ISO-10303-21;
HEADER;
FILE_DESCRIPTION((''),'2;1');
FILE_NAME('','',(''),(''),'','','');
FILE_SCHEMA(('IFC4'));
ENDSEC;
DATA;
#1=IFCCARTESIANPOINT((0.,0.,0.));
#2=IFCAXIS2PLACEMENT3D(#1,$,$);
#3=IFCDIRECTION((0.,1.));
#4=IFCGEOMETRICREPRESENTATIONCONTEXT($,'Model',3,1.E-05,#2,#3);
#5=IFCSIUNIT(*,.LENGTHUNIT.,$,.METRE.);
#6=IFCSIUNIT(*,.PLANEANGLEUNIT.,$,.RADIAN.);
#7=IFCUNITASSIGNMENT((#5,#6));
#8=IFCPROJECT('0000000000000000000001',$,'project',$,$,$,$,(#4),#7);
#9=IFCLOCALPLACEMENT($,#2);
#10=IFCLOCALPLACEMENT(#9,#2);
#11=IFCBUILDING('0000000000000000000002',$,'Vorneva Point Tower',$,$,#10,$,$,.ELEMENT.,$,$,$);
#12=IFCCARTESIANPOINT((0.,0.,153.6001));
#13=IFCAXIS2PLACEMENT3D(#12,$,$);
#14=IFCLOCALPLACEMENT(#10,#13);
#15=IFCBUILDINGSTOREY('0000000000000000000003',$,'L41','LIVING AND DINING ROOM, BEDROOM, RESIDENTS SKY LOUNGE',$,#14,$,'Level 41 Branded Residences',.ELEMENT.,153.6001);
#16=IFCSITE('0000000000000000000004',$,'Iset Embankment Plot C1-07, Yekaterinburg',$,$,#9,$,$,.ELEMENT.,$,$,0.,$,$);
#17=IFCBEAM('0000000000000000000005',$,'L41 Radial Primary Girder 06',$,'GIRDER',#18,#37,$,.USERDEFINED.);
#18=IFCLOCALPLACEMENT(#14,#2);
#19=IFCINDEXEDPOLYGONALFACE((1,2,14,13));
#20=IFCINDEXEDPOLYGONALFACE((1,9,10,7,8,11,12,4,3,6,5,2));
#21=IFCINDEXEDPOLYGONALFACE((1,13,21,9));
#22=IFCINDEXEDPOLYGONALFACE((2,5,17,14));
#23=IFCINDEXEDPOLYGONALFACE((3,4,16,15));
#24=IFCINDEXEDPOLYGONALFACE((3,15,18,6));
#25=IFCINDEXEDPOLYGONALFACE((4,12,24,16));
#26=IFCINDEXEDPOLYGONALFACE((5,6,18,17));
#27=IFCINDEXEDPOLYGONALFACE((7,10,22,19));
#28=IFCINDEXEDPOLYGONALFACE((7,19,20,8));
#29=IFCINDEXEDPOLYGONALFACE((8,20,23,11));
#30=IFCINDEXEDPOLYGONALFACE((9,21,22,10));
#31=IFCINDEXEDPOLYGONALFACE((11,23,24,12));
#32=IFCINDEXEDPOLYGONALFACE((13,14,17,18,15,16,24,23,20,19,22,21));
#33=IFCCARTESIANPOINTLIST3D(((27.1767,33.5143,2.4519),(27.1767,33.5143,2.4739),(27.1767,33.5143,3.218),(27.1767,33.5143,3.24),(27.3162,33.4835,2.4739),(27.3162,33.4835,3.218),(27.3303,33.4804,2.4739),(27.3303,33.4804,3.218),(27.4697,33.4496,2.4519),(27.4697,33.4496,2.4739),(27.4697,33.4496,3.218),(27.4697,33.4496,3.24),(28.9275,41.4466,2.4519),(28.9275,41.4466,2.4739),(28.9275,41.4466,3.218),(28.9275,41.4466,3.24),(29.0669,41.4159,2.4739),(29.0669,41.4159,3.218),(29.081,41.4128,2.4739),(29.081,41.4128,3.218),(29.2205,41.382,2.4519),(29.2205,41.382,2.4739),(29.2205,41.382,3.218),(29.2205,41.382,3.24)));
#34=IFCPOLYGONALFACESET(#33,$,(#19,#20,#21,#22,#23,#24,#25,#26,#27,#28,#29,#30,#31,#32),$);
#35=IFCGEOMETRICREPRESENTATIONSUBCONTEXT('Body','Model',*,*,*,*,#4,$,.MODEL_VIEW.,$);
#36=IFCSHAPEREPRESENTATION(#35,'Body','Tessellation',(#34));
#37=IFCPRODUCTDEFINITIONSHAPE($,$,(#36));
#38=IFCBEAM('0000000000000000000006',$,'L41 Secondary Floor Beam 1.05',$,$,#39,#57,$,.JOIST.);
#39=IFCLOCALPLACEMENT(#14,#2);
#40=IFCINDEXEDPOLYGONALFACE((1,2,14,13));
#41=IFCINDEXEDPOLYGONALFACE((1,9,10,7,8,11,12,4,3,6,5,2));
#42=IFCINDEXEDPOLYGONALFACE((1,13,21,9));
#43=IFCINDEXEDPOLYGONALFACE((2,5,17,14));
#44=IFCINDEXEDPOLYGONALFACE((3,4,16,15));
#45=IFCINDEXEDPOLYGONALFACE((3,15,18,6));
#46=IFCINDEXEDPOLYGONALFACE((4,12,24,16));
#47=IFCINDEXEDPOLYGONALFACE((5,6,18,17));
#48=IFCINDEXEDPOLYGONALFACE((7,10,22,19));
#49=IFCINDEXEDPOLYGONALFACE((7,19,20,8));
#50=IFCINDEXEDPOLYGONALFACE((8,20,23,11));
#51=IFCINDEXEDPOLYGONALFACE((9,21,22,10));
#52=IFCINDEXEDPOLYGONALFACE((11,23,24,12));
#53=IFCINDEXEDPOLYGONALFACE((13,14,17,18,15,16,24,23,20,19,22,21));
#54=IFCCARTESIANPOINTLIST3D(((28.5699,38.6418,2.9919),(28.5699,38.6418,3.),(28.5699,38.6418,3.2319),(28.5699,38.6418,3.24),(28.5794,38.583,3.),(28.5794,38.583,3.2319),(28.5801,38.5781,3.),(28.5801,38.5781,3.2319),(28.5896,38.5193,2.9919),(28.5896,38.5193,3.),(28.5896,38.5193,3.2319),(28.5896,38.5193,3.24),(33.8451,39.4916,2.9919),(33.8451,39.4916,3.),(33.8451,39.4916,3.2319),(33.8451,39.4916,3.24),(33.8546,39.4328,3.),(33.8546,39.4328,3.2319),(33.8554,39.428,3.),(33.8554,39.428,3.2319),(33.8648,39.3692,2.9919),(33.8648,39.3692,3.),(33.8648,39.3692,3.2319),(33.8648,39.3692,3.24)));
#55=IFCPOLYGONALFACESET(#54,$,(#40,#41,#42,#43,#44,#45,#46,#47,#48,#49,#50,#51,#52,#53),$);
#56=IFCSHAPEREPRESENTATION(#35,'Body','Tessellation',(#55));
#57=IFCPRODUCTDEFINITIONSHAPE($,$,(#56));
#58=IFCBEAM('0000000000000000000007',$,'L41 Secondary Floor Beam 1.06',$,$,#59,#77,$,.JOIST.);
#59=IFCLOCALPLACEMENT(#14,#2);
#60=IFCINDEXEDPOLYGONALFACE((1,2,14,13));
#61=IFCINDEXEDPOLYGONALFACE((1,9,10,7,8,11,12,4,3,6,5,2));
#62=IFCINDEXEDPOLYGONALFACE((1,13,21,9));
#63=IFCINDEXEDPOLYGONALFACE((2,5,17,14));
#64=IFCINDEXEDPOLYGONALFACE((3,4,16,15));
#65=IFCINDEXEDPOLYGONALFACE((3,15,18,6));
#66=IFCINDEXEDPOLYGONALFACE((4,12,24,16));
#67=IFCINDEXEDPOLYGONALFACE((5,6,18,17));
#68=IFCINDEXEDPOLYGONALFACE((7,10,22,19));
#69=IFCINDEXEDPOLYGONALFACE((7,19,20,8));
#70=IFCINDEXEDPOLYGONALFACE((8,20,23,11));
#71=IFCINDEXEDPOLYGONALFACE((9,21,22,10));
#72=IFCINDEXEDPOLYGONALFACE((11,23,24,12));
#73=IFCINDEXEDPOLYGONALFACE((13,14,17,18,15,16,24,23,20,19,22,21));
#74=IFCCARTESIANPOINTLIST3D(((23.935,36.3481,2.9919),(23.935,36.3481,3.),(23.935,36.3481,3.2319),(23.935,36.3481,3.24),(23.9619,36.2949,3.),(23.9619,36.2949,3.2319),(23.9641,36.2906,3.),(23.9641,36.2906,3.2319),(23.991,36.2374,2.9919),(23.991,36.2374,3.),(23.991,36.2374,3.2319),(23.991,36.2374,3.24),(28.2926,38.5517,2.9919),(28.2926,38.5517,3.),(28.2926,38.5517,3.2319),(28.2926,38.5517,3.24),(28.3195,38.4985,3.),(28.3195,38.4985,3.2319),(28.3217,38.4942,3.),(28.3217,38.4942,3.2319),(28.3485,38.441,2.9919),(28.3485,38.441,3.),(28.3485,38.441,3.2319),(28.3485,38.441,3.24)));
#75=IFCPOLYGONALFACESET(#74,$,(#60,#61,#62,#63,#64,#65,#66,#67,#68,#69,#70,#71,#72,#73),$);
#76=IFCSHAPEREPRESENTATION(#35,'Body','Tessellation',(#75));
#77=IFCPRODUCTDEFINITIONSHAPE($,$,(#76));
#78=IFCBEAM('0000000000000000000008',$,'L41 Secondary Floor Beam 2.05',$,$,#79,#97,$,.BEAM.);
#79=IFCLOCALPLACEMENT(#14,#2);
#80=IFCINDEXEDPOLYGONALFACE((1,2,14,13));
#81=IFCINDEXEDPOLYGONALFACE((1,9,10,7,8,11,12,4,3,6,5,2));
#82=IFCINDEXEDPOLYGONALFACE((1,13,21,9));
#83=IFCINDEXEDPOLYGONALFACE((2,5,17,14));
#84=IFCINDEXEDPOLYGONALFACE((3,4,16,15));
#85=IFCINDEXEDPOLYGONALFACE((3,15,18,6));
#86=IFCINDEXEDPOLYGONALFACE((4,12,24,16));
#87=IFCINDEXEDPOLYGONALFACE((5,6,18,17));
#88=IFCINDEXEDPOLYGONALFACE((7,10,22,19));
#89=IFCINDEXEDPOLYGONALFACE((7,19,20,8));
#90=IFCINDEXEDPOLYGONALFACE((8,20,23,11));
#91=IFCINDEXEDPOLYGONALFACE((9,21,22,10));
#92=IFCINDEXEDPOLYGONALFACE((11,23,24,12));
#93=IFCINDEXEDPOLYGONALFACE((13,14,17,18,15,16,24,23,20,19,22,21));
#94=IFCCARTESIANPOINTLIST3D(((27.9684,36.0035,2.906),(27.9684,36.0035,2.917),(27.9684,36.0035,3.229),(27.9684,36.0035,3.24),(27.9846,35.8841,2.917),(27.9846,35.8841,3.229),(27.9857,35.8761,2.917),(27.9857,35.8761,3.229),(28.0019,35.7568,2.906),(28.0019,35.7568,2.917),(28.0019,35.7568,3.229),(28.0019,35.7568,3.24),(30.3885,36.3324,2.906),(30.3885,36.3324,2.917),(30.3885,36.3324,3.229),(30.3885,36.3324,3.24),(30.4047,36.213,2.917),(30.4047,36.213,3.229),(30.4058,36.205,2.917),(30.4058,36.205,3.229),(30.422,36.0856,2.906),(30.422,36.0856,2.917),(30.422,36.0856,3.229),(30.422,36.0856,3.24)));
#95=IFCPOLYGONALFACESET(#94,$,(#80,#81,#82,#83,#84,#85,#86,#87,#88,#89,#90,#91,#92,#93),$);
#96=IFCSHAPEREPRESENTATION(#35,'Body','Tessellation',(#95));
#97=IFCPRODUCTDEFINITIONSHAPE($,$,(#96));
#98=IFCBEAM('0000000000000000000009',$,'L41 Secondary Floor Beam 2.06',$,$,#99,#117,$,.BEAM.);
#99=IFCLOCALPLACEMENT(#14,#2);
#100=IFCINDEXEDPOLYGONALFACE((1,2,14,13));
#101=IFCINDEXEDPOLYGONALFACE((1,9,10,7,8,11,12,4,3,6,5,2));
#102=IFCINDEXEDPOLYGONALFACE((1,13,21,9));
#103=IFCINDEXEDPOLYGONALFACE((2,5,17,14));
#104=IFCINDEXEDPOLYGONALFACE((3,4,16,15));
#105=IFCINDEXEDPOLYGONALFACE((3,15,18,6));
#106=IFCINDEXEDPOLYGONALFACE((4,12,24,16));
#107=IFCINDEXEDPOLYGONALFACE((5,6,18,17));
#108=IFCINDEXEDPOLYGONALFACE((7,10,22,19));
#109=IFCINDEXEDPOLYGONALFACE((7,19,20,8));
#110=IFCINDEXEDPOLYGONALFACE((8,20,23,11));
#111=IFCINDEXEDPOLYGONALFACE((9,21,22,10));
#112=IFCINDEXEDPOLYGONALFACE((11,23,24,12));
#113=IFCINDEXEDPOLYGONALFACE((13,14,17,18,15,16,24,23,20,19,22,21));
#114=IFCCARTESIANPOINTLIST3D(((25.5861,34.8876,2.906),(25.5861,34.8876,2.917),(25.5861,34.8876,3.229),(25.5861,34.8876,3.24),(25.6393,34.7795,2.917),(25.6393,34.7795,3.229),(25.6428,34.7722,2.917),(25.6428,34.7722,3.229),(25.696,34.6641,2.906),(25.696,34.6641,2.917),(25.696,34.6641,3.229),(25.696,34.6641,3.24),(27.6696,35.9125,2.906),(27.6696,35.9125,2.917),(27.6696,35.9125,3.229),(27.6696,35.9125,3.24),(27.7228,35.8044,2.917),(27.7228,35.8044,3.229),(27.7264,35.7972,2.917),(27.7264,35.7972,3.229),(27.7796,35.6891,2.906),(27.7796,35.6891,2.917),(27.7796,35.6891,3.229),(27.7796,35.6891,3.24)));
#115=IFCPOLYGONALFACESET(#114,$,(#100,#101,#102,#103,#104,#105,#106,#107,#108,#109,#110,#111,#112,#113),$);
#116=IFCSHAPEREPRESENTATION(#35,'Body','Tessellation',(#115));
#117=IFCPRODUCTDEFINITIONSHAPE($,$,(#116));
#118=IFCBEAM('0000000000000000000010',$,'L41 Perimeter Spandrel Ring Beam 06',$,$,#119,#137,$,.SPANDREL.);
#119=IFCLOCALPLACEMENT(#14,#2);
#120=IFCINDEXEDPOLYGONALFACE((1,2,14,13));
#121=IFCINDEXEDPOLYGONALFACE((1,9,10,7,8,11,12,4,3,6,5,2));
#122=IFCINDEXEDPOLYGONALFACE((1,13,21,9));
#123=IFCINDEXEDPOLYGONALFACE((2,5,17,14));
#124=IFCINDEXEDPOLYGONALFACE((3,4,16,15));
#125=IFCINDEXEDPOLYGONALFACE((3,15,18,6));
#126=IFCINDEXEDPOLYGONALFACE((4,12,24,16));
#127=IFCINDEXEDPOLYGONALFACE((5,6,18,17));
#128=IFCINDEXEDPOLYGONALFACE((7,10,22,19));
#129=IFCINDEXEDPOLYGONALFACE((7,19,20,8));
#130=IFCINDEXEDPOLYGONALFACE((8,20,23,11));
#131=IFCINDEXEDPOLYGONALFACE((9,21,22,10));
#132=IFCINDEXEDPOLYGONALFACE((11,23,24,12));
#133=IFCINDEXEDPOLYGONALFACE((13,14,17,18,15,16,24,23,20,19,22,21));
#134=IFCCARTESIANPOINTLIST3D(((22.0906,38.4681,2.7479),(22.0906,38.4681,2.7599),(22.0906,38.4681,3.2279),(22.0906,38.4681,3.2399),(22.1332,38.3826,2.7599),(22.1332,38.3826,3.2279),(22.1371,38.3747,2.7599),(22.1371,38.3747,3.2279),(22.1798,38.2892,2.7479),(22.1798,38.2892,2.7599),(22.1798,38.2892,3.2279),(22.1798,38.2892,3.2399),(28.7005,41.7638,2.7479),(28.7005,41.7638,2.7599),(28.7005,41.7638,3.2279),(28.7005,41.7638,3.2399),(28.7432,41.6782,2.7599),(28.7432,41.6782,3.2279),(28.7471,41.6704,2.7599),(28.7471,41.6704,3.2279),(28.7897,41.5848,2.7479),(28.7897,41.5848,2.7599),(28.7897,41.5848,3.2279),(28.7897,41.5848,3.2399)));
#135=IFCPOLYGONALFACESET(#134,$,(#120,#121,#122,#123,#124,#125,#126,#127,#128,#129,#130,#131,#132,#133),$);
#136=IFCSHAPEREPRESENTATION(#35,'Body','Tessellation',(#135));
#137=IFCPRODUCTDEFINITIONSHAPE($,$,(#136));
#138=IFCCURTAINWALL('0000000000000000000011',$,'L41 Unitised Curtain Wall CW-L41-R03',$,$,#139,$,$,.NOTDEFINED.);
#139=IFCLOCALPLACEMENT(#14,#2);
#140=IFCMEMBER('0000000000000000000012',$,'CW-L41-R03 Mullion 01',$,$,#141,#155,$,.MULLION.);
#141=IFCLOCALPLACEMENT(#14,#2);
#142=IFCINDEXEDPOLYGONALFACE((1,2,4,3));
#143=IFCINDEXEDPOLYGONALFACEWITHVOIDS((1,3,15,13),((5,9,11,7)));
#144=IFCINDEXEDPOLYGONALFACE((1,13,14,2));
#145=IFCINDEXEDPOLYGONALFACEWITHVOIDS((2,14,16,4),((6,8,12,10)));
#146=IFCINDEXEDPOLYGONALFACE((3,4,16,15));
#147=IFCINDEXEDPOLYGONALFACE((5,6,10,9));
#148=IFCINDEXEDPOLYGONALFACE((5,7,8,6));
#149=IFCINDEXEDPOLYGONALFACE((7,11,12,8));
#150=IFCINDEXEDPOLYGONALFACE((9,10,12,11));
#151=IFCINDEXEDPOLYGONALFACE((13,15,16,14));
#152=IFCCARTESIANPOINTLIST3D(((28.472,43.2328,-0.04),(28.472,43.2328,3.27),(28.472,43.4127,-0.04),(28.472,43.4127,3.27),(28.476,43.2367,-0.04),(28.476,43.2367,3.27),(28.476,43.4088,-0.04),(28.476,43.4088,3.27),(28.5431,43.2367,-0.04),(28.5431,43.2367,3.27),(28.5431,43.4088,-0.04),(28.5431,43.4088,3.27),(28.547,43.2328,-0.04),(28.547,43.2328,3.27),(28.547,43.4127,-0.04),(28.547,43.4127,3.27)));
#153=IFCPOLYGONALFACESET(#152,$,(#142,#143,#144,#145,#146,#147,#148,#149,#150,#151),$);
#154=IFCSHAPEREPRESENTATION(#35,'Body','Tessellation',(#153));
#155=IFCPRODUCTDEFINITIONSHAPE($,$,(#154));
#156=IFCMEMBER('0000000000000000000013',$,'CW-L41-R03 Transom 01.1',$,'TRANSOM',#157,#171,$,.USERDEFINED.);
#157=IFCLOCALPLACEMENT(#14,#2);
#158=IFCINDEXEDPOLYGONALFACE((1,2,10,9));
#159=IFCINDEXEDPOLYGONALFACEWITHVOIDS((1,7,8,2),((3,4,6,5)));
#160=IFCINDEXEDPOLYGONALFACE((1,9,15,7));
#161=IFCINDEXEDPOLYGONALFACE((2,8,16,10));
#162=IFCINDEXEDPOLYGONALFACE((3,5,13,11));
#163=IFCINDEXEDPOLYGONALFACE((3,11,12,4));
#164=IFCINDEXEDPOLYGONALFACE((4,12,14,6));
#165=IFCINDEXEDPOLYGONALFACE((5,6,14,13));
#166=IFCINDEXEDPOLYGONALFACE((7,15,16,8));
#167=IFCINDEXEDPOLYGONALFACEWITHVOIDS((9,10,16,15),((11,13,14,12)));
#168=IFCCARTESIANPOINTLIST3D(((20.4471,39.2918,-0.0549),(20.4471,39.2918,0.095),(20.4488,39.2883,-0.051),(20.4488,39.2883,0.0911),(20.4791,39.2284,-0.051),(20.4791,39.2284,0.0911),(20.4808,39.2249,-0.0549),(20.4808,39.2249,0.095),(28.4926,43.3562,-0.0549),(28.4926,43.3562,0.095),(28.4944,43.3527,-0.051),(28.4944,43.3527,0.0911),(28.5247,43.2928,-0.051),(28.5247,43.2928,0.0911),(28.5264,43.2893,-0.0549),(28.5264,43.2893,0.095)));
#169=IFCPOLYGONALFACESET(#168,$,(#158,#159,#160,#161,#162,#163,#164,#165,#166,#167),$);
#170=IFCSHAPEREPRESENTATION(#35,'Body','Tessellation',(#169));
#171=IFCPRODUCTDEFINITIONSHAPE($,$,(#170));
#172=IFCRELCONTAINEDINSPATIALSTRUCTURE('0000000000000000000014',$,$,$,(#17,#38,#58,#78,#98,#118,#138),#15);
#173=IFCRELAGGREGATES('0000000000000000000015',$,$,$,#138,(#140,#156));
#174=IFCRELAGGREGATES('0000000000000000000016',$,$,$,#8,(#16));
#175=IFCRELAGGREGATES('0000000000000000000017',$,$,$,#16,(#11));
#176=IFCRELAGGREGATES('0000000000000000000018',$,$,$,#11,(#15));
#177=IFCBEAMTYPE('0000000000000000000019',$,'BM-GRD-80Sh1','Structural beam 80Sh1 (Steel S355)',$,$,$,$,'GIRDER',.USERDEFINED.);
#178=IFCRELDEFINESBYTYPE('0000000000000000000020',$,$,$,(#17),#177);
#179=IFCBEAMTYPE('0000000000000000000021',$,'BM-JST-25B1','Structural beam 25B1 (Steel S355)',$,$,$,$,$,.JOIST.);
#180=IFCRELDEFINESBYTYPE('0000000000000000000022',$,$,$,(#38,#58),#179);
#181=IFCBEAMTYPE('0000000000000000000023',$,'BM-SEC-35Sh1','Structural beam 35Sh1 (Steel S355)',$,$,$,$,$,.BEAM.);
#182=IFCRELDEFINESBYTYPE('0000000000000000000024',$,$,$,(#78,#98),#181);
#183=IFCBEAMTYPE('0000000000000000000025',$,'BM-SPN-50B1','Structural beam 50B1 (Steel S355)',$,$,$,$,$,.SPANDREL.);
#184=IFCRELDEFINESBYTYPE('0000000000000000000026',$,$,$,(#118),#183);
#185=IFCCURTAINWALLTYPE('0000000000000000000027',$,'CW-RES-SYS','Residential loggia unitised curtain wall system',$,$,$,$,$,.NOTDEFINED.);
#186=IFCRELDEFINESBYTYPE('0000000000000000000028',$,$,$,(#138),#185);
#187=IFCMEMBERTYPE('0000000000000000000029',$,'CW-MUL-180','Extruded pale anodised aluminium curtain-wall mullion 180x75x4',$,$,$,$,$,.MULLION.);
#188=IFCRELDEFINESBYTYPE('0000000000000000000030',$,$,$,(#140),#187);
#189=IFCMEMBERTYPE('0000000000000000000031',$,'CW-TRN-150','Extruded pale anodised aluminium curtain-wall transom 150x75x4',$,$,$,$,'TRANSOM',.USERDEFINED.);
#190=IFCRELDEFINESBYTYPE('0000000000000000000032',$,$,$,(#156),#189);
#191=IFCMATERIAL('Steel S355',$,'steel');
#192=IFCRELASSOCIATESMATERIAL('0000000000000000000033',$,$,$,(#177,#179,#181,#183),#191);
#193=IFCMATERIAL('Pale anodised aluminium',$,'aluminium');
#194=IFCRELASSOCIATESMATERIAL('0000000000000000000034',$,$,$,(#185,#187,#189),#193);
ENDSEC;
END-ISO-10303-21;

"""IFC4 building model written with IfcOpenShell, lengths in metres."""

from ifc_helpers import new_model, si_unit, direction, frame, origin, origin_2d, place, context, subcontext, project, spatial, hollow_rectangle, i_section, extrude, material, material_profile, profile_set, type_object, element, aggregate, save


model = new_model("IFC4")

# Units and contexts
model_context = context("Model", 3, precision=1e-05, world=origin(), true_north=direction((0.0, 1.0)))
body_context = subcontext(model_context, "Body", "Model", "MODEL_VIEW")
ifc_project = project(units=[si_unit("LENGTHUNIT", "METRE"), si_unit("PLANEANGLEUNIT", "RADIAN")], contexts=[model_context])

# Site, building, storey
site_placement = place(None, origin())
site = spatial("IfcSite", under=ifc_project, at=site_placement, Name="Iset Embankment Plot C1-07, Yekaterinburg", CompositionType="ELEMENT", RefElevation=0.0)
building_placement = place(site_placement, origin())
building = spatial("IfcBuilding", under=site, at=building_placement, Name="Vorneva Point Tower", CompositionType="ELEMENT")
storey_placement = place(building_placement, frame((0.0, 0.0, 153.6001)))
storey = spatial("IfcBuildingStorey", under=building, at=storey_placement, Name="L41", Description="LIVING AND DINING ROOM, BEDROOM, RESIDENTS SKY LOUNGE", LongName="Level 41 Branded Residences", CompositionType="ELEMENT", Elevation=153.6001)

# Beams
ifc_material_1 = material(Name="Steel S355", Category="steel")
ifc_material_profile_1 = material_profile(ifc_material_1, i_section(OverallWidth=0.3, OverallDepth=0.7881, WebThickness=0.0144, FlangeThickness=0.022, at=origin_2d()), Name="80Sh1")
ifc_profile_set_1 = profile_set([ifc_material_profile_1], Name="Steel S355")
beam_type_1 = type_object("IfcBeamType", Name="BM-GRD-80Sh1", Description="Structural beam 80Sh1 (Steel S355)", ElementType="GIRDER", PredefinedType="USERDEFINED", material=ifc_profile_set_1)
beam_1_placement = place(storey_placement, frame((29.074, 41.4143, 2.8459), z_axis=(-0.215521, -0.976499, 0.0), x_axis=(0.976499, -0.215521, 0.0)))
element("IfcBeam", 1, at=beam_1_placement, inside=storey, type_object=beam_type_1, Name="L41 Radial Primary Girder 06", ObjectType="GIRDER", PredefinedType="USERDEFINED", context=body_context, shape_type="SweptSolid", body=[
    extrude(i_section(OverallWidth=0.3, OverallDepth=0.7881, WebThickness=0.0144, FlangeThickness=0.022, at=origin_2d()), origin(), (0.0, 0.0, 1.0), 8.1233),
])
ifc_material_profile_2 = material_profile(ifc_material_1, i_section(OverallWidth=0.124, OverallDepth=0.248, WebThickness=0.0049, FlangeThickness=0.0081, at=origin_2d()), Name="25B1")
ifc_profile_set_2 = profile_set([ifc_material_profile_2], Name="Steel S355")
beam_type_2 = type_object("IfcBeamType", Name="BM-JST-25B1", Description="Structural beam 25B1 (Steel S355)", PredefinedType="JOIST", material=ifc_profile_set_2)
beam_2_placement = place(storey_placement, frame((33.855, 39.4304, 3.116), z_axis=(-0.98727, -0.159054, 0.0), x_axis=(0.159054, -0.98727, 0.0)))
element("IfcBeam", 2, at=beam_2_placement, inside=storey, type_object=beam_type_2, Name="L41 Secondary Floor Beam 1.05", PredefinedType="JOIST", context=body_context, shape_type="SweptSolid", body=[
    extrude(i_section(OverallWidth=0.124, OverallDepth=0.248, WebThickness=0.0049, FlangeThickness=0.0081, at=origin_2d()), origin(), (0.0, 0.0, 1.0), 5.3433),
])
beam_3_placement = place(storey_placement, frame((28.3206, 38.4963, 3.116), z_axis=(-0.892388, -0.451269, 0.0), x_axis=(0.451269, -0.892388, 0.0)))
element("IfcBeam", 3, at=beam_3_placement, inside=storey, type_object=beam_type_2, Name="L41 Secondary Floor Beam 1.06", PredefinedType="JOIST", context=body_context, shape_type="SweptSolid", body=[
    extrude(i_section(OverallWidth=0.124, OverallDepth=0.248, WebThickness=0.0049, FlangeThickness=0.0081, at=origin_2d()), origin(), (0.0, 0.0, 1.0), 4.8831),
])
ifc_material_profile_3 = material_profile(ifc_material_1, i_section(OverallWidth=0.249, OverallDepth=0.334, WebThickness=0.0081, FlangeThickness=0.011, at=origin_2d()), Name="35Sh1")
ifc_profile_set_3 = profile_set([ifc_material_profile_3], Name="Steel S355")
beam_type_3 = type_object("IfcBeamType", Name="BM-SEC-35Sh1", Description="Structural beam 35Sh1 (Steel S355)", PredefinedType="BEAM", material=ifc_profile_set_3)
beam_4_placement = place(storey_placement, frame((30.4053, 36.209, 3.073), z_axis=(-0.990894, -0.134645, 0.0), x_axis=(0.134645, -0.990894, 0.0)))
element("IfcBeam", 4, at=beam_4_placement, inside=storey, type_object=beam_type_3, Name="L41 Secondary Floor Beam 2.05", PredefinedType="BEAM", context=body_context, shape_type="SweptSolid", body=[
    extrude(i_section(OverallWidth=0.249, OverallDepth=0.334, WebThickness=0.0081, FlangeThickness=0.011, at=origin_2d()), origin(), (0.0, 0.0, 1.0), 2.4424),
])
beam_5_placement = place(storey_placement, frame((27.7246, 35.8008, 3.073), z_axis=(-0.89731, -0.4414, 0.0), x_axis=(0.4414, -0.89731, 0.0)))
element("IfcBeam", 5, at=beam_5_placement, inside=storey, type_object=beam_type_3, Name="L41 Secondary Floor Beam 2.06", PredefinedType="BEAM", context=body_context, shape_type="SweptSolid", body=[
    extrude(i_section(OverallWidth=0.249, OverallDepth=0.334, WebThickness=0.0081, FlangeThickness=0.011, at=origin_2d()), origin(), (0.0, 0.0, 1.0), 2.322),
])
ifc_material_profile_4 = material_profile(ifc_material_1, i_section(OverallWidth=0.2, OverallDepth=0.4919, WebThickness=0.0088, FlangeThickness=0.012, at=origin_2d()), Name="50B1")
ifc_profile_set_4 = profile_set([ifc_material_profile_4], Name="Steel S355")
beam_type_4 = type_object("IfcBeamType", Name="BM-SPN-50B1", Description="Structural beam 50B1 (Steel S355)", PredefinedType="SPANDREL", material=ifc_profile_set_4)
beam_6_placement = place(storey_placement, frame((28.7451, 41.6743, 2.9939), z_axis=(-0.894929, -0.446208, 0.0), x_axis=(0.446208, -0.894929, 0.0)))
element("IfcBeam", 6, at=beam_6_placement, inside=storey, type_object=beam_type_4, Name="L41 Perimeter Spandrel Ring Beam 06", PredefinedType="SPANDREL", context=body_context, shape_type="SweptSolid", body=[
    extrude(i_section(OverallWidth=0.2, OverallDepth=0.4919, WebThickness=0.0088, FlangeThickness=0.012, at=origin_2d()), origin(), (0.0, 0.0, 1.0), 7.386),
])

# Curtain wall, members
ifc_material_2 = material(Name="Pale anodised aluminium", Category="aluminium")
curtain_wall_type = type_object("IfcCurtainWallType", Name="CW-RES-SYS", Description="Residential loggia unitised curtain wall system", PredefinedType="NOTDEFINED", material=ifc_material_2)
curtain_wall_placement = place(storey_placement, origin())
curtain_wall = element("IfcCurtainWall", 7, at=curtain_wall_placement, inside=storey, type_object=curtain_wall_type, Name="L41 Unitised Curtain Wall CW-L41-R03", PredefinedType="NOTDEFINED")
ifc_material_profile_5 = material_profile(ifc_material_2, hollow_rectangle(XDim=0.075, YDim=0.1799, WallThickness=0.0039, at=origin_2d()), Name="AL-MUL 180x75x4")
ifc_profile_set_5 = profile_set([ifc_material_profile_5], Name="Pale anodised aluminium")
member_type_1 = type_object("IfcMemberType", Name="CW-MUL-180", Description="Extruded pale anodised aluminium curtain-wall mullion 180x75x4", PredefinedType="MULLION", material=ifc_profile_set_5)
member_1_placement = place(storey_placement, frame((28.5095, 43.3228, -0.04), z_axis=(0.0, 0.0, 1.0), x_axis=(1.0, 0.0, 0.0)))
member_1 = element("IfcMember", 8, at=member_1_placement, type_object=member_type_1, Name="CW-L41-R03 Mullion 01", PredefinedType="MULLION", context=body_context, shape_type="SweptSolid", body=[
    extrude(hollow_rectangle(XDim=0.075, YDim=0.1799, WallThickness=0.0039, at=origin_2d()), origin(), (0.0, 0.0, 1.0), 3.3101),
])
ifc_material_profile_6 = material_profile(ifc_material_2, hollow_rectangle(XDim=0.075, YDim=0.1499, WallThickness=0.0039, at=origin_2d()), Name="AL-TRN 150x75x4")
ifc_profile_set_6 = profile_set([ifc_material_profile_6], Name="Pale anodised aluminium")
member_type_2 = type_object("IfcMemberType", Name="CW-TRN-150", Description="Extruded pale anodised aluminium curtain-wall transom 150x75x4", ElementType="TRANSOM", PredefinedType="USERDEFINED", material=ifc_profile_set_6)
member_2_placement = place(storey_placement, frame((28.5095, 43.3228, 0.02), z_axis=(-0.892572, -0.450904, 0.0), x_axis=(0.450904, -0.892572, 0.0)))
member_2 = element("IfcMember", 9, at=member_2_placement, type_object=member_type_2, Name="CW-L41-R03 Transom 01.1", ObjectType="TRANSOM", PredefinedType="USERDEFINED", context=body_context, shape_type="SweptSolid", body=[
    extrude(hollow_rectangle(XDim=0.075, YDim=0.1499, WallThickness=0.0039, at=origin_2d()), origin(), (0.0, 0.0, 1.0), 9.0139),
])
aggregate(curtain_wall, [member_1, member_2])

save(model, "model.ifc")
